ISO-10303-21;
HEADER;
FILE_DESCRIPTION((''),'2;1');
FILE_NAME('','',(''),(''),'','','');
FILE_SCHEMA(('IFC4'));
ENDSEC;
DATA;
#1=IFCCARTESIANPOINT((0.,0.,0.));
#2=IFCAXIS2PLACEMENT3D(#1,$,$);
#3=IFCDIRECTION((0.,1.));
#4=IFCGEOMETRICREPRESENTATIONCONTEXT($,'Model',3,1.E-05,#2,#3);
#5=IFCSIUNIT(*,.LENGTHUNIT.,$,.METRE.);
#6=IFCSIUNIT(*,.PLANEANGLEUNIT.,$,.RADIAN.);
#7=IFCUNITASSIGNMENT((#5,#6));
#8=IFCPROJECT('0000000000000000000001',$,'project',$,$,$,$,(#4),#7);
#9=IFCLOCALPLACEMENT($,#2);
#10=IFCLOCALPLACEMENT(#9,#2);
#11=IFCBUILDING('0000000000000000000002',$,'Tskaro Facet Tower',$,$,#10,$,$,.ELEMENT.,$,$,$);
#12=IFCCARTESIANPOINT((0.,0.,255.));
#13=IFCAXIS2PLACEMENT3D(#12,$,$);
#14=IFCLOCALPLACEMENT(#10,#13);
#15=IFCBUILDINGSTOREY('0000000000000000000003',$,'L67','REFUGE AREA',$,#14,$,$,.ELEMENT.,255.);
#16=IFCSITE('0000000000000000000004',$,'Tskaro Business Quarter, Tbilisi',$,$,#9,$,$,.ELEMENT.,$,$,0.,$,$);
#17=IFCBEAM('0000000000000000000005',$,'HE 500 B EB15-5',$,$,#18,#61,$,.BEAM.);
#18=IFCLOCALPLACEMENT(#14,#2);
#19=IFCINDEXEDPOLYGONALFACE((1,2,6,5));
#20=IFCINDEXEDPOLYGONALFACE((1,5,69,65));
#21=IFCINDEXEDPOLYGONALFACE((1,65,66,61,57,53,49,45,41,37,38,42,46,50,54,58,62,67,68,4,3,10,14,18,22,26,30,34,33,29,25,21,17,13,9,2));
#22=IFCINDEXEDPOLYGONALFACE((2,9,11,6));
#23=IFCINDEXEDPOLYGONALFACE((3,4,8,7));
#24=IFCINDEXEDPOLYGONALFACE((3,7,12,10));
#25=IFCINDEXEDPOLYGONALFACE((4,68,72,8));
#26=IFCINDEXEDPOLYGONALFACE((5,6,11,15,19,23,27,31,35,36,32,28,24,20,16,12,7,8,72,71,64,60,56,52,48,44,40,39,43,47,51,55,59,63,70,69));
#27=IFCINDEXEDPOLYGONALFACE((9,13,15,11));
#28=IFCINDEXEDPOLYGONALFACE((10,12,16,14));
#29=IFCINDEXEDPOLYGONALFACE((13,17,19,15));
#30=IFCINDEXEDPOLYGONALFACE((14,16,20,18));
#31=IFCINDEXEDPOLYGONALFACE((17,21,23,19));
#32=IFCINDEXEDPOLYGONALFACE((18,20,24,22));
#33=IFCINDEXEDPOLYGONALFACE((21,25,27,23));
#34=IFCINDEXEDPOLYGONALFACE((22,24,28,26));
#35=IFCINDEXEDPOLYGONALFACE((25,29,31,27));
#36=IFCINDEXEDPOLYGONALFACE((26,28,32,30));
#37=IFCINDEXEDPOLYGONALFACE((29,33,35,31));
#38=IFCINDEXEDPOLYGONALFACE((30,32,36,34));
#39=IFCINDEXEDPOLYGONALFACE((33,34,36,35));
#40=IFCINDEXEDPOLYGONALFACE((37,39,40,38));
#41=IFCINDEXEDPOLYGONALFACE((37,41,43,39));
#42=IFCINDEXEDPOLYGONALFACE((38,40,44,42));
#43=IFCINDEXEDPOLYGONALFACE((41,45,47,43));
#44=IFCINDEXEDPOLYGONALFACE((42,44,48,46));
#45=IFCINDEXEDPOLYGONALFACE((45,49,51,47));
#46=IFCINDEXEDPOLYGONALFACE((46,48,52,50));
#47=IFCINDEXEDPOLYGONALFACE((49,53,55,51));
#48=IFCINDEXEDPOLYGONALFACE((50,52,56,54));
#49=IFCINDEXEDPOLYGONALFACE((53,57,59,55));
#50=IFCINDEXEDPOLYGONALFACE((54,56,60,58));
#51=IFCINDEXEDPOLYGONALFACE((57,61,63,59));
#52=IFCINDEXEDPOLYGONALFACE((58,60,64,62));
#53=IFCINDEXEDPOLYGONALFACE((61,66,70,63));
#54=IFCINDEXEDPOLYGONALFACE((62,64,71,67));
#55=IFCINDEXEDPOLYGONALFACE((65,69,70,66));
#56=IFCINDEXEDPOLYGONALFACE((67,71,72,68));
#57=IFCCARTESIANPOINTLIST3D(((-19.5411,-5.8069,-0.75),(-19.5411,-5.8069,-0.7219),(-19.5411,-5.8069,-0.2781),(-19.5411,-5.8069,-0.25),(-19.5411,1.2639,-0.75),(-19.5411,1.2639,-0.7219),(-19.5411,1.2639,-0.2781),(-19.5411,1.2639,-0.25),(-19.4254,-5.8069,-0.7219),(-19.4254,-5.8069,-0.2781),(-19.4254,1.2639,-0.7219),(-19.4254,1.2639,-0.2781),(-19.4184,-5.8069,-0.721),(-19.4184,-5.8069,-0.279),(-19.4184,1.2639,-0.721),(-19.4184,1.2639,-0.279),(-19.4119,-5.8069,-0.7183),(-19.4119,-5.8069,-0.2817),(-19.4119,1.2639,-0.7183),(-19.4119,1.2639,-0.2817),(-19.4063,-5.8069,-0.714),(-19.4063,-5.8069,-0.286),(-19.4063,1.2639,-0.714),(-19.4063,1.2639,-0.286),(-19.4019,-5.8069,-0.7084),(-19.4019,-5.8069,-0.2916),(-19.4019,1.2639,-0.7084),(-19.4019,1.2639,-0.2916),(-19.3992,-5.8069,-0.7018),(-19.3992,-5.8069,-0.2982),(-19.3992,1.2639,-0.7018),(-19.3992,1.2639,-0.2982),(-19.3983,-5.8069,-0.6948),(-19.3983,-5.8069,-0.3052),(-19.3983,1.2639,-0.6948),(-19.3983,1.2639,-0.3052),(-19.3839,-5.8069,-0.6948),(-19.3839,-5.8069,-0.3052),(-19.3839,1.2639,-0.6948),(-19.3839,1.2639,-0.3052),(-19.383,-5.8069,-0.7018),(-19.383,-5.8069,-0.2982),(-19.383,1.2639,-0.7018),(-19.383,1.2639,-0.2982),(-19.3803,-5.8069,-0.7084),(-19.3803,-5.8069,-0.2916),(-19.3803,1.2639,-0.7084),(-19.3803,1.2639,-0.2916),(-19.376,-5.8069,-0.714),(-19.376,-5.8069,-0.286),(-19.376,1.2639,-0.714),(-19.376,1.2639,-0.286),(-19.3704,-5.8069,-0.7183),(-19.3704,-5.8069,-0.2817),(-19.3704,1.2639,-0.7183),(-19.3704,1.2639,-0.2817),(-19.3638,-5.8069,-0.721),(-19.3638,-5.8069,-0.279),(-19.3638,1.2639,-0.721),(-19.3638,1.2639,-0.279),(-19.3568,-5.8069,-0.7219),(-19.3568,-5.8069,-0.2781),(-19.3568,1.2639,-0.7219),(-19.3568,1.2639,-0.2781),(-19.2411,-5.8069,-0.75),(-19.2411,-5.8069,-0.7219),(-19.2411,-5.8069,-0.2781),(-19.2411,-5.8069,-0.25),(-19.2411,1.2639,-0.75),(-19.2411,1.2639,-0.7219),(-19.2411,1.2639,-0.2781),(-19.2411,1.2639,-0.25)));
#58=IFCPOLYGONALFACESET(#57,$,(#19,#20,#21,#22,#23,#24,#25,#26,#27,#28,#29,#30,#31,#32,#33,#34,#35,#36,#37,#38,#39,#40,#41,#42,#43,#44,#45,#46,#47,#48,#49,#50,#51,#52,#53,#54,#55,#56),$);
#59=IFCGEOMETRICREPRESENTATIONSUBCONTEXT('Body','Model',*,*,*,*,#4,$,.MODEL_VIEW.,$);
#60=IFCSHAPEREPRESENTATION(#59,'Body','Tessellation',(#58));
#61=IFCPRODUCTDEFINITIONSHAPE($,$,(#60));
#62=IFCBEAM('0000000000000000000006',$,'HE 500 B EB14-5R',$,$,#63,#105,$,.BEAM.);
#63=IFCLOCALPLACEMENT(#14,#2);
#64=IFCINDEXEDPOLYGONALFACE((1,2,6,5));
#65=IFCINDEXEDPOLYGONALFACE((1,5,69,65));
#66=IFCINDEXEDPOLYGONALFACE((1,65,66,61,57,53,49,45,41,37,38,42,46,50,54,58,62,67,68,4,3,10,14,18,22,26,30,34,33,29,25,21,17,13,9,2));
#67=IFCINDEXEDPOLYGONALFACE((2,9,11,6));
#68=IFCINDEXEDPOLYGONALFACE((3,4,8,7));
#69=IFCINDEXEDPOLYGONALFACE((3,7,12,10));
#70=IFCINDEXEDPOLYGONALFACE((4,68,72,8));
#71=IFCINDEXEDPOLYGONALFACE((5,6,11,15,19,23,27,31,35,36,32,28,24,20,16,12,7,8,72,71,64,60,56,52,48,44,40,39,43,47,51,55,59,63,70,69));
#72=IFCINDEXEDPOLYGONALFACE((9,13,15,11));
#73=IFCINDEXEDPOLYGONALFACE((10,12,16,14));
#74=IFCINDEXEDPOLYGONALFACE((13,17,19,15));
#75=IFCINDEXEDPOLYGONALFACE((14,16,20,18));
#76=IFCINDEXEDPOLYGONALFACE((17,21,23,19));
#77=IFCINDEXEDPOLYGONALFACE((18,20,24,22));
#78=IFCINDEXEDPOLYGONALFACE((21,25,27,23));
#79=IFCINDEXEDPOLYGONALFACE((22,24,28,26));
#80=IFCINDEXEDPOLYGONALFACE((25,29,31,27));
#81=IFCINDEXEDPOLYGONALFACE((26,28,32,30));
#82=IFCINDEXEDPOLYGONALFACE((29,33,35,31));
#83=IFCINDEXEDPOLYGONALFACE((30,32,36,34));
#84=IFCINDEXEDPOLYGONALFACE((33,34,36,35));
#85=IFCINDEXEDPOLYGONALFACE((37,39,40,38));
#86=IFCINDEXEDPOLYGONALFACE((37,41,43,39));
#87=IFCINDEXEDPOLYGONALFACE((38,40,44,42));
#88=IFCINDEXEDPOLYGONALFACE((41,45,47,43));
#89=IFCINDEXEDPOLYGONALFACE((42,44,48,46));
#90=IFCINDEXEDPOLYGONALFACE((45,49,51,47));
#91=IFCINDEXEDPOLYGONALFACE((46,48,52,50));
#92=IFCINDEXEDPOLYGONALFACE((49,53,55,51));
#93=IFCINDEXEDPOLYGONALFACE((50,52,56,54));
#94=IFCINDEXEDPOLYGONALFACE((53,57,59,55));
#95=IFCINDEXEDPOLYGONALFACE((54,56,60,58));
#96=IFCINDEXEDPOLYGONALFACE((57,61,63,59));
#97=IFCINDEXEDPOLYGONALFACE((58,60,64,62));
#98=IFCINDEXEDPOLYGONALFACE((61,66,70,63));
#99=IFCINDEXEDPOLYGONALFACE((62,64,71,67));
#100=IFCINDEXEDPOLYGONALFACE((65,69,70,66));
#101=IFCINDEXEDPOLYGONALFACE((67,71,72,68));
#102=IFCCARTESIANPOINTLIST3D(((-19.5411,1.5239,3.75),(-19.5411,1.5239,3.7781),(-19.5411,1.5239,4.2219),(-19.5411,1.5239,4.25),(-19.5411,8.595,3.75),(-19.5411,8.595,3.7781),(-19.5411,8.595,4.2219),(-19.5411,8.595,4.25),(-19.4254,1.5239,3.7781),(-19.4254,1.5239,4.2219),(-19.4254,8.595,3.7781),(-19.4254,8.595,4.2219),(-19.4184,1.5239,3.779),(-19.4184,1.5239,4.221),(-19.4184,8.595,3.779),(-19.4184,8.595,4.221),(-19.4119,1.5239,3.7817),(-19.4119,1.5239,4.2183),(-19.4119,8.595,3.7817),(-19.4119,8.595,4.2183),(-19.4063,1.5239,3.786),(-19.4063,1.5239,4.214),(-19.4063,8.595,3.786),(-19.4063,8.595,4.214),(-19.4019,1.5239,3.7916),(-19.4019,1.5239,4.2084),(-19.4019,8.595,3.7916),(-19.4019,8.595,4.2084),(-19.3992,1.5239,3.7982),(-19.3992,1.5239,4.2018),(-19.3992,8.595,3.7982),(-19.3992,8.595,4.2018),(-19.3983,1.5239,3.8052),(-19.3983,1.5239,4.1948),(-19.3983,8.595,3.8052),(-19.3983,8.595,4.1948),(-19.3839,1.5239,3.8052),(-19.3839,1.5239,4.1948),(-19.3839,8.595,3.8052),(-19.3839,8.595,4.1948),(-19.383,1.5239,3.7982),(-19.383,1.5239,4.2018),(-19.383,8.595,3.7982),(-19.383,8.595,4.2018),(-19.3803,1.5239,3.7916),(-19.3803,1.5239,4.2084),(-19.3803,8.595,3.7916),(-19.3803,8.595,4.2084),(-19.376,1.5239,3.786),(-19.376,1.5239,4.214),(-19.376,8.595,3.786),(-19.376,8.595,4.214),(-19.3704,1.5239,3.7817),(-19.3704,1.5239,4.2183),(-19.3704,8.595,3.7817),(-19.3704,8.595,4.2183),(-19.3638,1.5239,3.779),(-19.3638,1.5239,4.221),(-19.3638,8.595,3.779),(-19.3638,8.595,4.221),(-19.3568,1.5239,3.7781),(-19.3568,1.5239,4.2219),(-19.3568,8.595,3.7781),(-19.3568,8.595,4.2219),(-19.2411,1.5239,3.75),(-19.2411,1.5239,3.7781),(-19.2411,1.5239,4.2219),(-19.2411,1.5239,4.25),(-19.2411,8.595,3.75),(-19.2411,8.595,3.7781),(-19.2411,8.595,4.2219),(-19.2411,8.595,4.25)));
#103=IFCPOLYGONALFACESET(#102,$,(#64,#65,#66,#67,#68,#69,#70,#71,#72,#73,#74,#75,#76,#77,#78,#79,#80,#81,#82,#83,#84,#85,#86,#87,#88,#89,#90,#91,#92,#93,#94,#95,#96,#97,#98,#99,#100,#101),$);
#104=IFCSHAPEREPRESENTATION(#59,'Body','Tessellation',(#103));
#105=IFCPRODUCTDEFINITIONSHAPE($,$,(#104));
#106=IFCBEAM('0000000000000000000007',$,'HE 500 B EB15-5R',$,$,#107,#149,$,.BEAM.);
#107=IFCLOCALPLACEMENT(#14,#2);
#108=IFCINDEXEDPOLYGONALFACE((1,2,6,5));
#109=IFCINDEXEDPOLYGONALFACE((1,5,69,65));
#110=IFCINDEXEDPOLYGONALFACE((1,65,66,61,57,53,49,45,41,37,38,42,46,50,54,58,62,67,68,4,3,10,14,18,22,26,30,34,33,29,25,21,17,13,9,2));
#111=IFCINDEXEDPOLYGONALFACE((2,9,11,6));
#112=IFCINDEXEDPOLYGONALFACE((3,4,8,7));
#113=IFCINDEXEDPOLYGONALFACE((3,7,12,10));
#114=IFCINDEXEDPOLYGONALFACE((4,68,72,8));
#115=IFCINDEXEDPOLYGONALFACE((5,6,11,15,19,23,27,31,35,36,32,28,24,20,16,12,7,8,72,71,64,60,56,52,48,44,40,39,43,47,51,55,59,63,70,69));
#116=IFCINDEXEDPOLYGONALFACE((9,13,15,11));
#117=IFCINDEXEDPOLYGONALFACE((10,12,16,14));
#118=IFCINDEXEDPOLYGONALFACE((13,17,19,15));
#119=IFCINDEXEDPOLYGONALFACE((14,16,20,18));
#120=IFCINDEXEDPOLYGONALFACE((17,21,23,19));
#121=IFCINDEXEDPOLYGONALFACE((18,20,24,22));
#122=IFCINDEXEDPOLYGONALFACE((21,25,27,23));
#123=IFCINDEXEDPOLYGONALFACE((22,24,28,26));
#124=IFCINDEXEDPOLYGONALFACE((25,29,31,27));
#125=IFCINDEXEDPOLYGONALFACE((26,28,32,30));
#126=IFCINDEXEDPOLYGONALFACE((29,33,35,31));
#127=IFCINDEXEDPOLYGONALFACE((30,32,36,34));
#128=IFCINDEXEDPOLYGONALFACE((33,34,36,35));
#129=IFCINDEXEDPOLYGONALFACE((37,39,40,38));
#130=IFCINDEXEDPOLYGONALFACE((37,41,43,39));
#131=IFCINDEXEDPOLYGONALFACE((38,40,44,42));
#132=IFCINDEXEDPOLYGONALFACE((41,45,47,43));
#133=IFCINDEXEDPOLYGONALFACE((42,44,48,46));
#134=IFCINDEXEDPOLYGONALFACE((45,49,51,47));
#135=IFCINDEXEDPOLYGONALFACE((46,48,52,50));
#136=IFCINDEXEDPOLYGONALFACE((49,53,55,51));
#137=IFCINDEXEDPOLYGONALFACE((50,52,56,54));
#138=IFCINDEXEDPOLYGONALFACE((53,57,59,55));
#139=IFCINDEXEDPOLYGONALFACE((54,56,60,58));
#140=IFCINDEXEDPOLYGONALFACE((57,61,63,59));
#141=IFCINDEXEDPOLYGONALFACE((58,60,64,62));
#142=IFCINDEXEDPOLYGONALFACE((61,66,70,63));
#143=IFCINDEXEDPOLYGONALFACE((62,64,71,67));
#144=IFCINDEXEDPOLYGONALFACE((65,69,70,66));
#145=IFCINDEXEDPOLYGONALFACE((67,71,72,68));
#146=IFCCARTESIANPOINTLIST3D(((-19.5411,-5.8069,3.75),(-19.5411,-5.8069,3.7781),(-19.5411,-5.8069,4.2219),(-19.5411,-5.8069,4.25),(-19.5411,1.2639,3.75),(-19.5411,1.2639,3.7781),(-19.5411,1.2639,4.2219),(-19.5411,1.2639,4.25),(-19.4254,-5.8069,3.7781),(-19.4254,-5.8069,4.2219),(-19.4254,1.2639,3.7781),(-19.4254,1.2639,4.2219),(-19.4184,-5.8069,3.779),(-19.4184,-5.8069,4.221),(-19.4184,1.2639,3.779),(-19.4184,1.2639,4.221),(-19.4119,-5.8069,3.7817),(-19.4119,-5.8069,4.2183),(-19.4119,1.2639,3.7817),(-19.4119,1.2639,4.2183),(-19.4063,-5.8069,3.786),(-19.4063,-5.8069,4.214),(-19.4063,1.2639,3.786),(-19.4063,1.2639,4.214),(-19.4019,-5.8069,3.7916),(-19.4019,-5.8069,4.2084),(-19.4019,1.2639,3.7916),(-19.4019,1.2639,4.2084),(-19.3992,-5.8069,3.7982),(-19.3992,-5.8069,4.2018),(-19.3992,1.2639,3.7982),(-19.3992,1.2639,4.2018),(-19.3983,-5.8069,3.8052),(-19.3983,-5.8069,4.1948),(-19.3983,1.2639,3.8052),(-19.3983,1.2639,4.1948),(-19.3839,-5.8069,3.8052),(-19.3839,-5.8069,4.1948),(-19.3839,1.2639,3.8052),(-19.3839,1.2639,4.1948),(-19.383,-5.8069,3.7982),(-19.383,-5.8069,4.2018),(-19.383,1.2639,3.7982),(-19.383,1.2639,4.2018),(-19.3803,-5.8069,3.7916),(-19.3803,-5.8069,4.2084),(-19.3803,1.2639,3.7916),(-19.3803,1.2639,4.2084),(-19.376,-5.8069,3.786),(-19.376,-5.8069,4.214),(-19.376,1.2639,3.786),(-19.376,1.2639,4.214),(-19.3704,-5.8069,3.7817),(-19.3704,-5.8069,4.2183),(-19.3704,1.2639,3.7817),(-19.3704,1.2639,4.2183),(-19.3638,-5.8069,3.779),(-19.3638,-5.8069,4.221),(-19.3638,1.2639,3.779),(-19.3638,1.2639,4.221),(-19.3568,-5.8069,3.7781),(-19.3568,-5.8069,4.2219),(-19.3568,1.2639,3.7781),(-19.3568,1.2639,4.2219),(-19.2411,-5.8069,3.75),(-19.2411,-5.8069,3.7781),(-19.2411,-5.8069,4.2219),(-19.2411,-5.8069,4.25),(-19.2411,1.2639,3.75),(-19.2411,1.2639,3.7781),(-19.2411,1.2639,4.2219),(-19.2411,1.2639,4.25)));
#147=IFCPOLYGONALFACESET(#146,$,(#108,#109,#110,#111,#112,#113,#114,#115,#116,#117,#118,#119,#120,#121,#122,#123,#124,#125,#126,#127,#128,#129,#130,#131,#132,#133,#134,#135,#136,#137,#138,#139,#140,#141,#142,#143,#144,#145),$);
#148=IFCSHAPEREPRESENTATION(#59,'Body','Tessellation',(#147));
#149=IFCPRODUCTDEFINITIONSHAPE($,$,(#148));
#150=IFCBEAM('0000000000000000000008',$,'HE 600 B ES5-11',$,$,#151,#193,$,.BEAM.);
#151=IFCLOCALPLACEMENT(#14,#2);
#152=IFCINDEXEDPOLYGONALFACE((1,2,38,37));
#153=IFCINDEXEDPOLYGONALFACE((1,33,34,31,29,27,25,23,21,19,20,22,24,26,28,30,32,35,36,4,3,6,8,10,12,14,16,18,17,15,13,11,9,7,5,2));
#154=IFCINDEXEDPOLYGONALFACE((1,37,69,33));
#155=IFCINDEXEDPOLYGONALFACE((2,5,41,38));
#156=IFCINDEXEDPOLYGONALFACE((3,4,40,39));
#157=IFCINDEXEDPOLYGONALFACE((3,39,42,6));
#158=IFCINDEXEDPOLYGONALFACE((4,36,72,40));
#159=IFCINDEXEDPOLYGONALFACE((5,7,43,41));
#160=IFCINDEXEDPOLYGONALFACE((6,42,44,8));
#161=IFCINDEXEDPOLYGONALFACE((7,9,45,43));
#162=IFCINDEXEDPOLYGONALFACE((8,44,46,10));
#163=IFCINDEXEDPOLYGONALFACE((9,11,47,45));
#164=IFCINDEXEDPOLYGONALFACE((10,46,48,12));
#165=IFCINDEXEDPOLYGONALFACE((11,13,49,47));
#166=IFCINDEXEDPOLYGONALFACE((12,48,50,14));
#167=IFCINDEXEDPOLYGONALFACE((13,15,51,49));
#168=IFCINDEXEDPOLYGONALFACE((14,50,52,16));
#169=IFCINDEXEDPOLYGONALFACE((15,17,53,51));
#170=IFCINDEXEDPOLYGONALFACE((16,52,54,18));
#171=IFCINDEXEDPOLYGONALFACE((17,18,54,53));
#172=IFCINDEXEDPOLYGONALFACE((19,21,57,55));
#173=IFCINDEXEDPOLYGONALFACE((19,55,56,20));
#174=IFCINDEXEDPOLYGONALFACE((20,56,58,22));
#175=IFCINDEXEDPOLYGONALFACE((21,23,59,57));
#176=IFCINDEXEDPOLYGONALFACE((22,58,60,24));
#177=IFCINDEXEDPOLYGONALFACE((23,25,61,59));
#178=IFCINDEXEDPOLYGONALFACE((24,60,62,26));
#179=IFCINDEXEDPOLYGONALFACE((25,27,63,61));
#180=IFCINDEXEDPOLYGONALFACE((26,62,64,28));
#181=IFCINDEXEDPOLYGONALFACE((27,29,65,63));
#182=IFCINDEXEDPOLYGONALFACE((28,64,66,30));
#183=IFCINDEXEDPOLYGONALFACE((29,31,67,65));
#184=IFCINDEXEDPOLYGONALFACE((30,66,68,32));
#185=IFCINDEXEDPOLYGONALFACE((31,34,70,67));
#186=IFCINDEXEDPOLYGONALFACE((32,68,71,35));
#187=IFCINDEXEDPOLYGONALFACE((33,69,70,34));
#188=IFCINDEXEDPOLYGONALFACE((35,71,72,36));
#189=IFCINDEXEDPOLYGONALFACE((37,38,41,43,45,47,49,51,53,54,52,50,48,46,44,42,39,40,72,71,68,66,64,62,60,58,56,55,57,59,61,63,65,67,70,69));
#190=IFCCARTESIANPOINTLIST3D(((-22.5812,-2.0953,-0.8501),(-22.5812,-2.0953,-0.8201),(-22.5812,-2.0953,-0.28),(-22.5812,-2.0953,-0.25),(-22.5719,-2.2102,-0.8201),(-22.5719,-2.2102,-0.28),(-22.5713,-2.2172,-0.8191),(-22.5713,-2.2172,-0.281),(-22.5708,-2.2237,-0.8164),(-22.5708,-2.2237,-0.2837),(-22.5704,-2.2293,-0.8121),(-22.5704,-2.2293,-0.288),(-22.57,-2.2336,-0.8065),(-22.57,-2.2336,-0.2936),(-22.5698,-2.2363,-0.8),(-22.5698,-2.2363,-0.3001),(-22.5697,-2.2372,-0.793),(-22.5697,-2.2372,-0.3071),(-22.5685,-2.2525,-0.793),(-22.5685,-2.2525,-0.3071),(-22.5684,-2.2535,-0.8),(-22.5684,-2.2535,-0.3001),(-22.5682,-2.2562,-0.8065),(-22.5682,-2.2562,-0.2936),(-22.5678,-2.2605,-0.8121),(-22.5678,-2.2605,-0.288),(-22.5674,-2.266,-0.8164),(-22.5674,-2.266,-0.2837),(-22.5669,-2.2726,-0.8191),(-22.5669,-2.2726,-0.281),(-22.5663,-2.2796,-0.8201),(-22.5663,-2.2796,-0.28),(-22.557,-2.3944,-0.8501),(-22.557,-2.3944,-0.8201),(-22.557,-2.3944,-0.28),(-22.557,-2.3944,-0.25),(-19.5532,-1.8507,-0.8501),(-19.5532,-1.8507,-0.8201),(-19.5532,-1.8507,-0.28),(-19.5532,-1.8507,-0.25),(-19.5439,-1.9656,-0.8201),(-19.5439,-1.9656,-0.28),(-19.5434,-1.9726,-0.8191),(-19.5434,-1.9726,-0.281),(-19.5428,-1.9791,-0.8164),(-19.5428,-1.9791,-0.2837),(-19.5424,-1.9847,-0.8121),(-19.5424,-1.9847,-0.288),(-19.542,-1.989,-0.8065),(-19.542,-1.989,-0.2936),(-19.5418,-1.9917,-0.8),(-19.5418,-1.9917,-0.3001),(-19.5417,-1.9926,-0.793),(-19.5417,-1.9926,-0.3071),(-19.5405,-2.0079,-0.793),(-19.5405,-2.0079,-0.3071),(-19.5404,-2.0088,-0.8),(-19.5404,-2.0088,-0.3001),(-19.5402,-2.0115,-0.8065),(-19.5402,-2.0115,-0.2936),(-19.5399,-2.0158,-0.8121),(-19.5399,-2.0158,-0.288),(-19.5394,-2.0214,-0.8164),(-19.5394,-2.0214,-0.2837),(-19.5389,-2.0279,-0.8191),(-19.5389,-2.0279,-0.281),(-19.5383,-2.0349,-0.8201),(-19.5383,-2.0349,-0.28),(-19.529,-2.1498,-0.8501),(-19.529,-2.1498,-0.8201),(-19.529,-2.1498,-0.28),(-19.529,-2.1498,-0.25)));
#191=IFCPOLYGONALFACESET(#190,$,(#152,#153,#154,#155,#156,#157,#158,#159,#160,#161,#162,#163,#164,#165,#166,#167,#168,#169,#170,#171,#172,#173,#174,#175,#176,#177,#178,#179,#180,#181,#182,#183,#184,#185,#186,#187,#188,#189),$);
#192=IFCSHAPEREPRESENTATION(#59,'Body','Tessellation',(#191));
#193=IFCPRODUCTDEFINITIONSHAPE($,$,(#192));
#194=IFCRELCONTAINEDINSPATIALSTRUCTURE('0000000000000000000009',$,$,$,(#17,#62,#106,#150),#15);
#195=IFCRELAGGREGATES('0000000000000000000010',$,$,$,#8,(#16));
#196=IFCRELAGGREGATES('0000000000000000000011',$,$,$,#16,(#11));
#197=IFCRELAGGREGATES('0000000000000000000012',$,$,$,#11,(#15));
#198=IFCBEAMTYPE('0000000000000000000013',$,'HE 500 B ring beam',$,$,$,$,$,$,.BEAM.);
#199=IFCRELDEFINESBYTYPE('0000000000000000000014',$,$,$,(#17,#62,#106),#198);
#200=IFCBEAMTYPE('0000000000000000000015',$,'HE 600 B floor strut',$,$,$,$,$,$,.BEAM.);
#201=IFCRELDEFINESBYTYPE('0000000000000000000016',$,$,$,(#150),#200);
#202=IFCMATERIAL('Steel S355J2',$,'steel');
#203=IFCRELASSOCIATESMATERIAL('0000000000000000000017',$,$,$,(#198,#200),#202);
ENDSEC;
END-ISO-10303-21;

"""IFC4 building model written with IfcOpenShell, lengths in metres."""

from ifc_helpers import new_model, si_unit, direction, frame, origin, origin_2d, place, context, subcontext, project, spatial, i_section, extrude, material, material_profile, profile_set, type_object, element, save


model = new_model("IFC4")

# Units and contexts
model_context = context("Model", 3, precision=1e-05, world=origin(), true_north=direction((0.0, 1.0)))
body_context = subcontext(model_context, "Body", "Model", "MODEL_VIEW")
ifc_project = project(units=[si_unit("LENGTHUNIT", "METRE"), si_unit("PLANEANGLEUNIT", "RADIAN")], contexts=[model_context])

# Site, building, storey
site_placement = place(None, origin())
site = spatial("IfcSite", under=ifc_project, at=site_placement, Name="Tskaro Business Quarter, Tbilisi", CompositionType="ELEMENT", RefElevation=0.0)
building_placement = place(site_placement, origin())
building = spatial("IfcBuilding", under=site, at=building_placement, Name="Tskaro Facet Tower", CompositionType="ELEMENT")
storey_placement = place(building_placement, frame((0.0, 0.0, 255.0)))
storey = spatial("IfcBuildingStorey", under=building, at=storey_placement, Name="L67", Description="REFUGE AREA", CompositionType="ELEMENT", Elevation=255.0)

# Shared definitions
ifc_material_1 = material(Name="Steel S355J2", Category="steel")

# Beams
ifc_material_profile_1 = material_profile(ifc_material_1, i_section(OverallWidth=0.3, OverallDepth=0.5, WebThickness=0.0144, FlangeThickness=0.0281, FilletRadius=0.0271, at=origin_2d()), Name="HE 500 B")
ifc_profile_set_1 = profile_set([ifc_material_profile_1], Name="Steel S355J2")
beam_type_1 = type_object("IfcBeamType", Name="HE 500 B ring beam", PredefinedType="BEAM", material=ifc_profile_set_1)
beam_1_placement = place(storey_placement, frame((-19.3911, 1.2639, -0.5), z_axis=(0.0, -1.0, 0.0), x_axis=(1.0, 0.0, 0.0)))
element("IfcBeam", 1, at=beam_1_placement, inside=storey, type_object=beam_type_1, Name="HE 500 B EB15-5", PredefinedType="BEAM", context=body_context, shape_type="SweptSolid", body=[
    extrude(i_section(OverallWidth=0.3, OverallDepth=0.5, WebThickness=0.0144, FlangeThickness=0.0281, FilletRadius=0.0271, at=origin_2d()), origin(), (0.0, 0.0, 1.0), 7.0708),
])
beam_2_placement = place(storey_placement, frame((-19.3911, 8.595, 4.0), z_axis=(0.0, -1.0, 0.0), x_axis=(1.0, 0.0, 0.0)))
element("IfcBeam", 2, at=beam_2_placement, inside=storey, type_object=beam_type_1, Name="HE 500 B EB14-5R", PredefinedType="BEAM", context=body_context, shape_type="SweptSolid", body=[
    extrude(i_section(OverallWidth=0.3, OverallDepth=0.5, WebThickness=0.0144, FlangeThickness=0.0281, FilletRadius=0.0271, at=origin_2d()), origin(), (0.0, 0.0, 1.0), 7.071),
])
beam_3_placement = place(storey_placement, frame((-19.3911, 1.2639, 4.0), z_axis=(0.0, -1.0, 0.0), x_axis=(1.0, 0.0, 0.0)))
element("IfcBeam", 3, at=beam_3_placement, inside=storey, type_object=beam_type_1, Name="HE 500 B EB15-5R", PredefinedType="BEAM", context=body_context, shape_type="SweptSolid", body=[
    extrude(i_section(OverallWidth=0.3, OverallDepth=0.5, WebThickness=0.0144, FlangeThickness=0.0281, FilletRadius=0.0271, at=origin_2d()), origin(), (0.0, 0.0, 1.0), 7.0708),
])
ifc_material_profile_2 = material_profile(ifc_material_1, i_section(OverallWidth=0.3, OverallDepth=0.6001, WebThickness=0.0154, FlangeThickness=0.03, FilletRadius=0.0271, at=origin_2d()), Name="HE 600 B")
ifc_profile_set_2 = profile_set([ifc_material_profile_2], Name="Steel S355J2")
beam_type_2 = type_object("IfcBeamType", Name="HE 600 B floor strut", PredefinedType="BEAM", material=ifc_profile_set_2)
beam_4_placement = place(storey_placement, frame((-22.5691, -2.2449, -0.55), z_axis=(0.996753, 0.080525, 0.0), x_axis=(-0.080525, 0.996753, 0.0)))
element("IfcBeam", 4, at=beam_4_placement, inside=storey, type_object=beam_type_2, Name="HE 600 B ES5-11", PredefinedType="BEAM", context=body_context, shape_type="SweptSolid", body=[
    extrude(i_section(OverallWidth=0.3, OverallDepth=0.6001, WebThickness=0.0154, FlangeThickness=0.03, FilletRadius=0.0271, at=origin_2d()), origin(), (0.0, 0.0, 1.0), 3.0378),
])

save(model, "model.ifc")
